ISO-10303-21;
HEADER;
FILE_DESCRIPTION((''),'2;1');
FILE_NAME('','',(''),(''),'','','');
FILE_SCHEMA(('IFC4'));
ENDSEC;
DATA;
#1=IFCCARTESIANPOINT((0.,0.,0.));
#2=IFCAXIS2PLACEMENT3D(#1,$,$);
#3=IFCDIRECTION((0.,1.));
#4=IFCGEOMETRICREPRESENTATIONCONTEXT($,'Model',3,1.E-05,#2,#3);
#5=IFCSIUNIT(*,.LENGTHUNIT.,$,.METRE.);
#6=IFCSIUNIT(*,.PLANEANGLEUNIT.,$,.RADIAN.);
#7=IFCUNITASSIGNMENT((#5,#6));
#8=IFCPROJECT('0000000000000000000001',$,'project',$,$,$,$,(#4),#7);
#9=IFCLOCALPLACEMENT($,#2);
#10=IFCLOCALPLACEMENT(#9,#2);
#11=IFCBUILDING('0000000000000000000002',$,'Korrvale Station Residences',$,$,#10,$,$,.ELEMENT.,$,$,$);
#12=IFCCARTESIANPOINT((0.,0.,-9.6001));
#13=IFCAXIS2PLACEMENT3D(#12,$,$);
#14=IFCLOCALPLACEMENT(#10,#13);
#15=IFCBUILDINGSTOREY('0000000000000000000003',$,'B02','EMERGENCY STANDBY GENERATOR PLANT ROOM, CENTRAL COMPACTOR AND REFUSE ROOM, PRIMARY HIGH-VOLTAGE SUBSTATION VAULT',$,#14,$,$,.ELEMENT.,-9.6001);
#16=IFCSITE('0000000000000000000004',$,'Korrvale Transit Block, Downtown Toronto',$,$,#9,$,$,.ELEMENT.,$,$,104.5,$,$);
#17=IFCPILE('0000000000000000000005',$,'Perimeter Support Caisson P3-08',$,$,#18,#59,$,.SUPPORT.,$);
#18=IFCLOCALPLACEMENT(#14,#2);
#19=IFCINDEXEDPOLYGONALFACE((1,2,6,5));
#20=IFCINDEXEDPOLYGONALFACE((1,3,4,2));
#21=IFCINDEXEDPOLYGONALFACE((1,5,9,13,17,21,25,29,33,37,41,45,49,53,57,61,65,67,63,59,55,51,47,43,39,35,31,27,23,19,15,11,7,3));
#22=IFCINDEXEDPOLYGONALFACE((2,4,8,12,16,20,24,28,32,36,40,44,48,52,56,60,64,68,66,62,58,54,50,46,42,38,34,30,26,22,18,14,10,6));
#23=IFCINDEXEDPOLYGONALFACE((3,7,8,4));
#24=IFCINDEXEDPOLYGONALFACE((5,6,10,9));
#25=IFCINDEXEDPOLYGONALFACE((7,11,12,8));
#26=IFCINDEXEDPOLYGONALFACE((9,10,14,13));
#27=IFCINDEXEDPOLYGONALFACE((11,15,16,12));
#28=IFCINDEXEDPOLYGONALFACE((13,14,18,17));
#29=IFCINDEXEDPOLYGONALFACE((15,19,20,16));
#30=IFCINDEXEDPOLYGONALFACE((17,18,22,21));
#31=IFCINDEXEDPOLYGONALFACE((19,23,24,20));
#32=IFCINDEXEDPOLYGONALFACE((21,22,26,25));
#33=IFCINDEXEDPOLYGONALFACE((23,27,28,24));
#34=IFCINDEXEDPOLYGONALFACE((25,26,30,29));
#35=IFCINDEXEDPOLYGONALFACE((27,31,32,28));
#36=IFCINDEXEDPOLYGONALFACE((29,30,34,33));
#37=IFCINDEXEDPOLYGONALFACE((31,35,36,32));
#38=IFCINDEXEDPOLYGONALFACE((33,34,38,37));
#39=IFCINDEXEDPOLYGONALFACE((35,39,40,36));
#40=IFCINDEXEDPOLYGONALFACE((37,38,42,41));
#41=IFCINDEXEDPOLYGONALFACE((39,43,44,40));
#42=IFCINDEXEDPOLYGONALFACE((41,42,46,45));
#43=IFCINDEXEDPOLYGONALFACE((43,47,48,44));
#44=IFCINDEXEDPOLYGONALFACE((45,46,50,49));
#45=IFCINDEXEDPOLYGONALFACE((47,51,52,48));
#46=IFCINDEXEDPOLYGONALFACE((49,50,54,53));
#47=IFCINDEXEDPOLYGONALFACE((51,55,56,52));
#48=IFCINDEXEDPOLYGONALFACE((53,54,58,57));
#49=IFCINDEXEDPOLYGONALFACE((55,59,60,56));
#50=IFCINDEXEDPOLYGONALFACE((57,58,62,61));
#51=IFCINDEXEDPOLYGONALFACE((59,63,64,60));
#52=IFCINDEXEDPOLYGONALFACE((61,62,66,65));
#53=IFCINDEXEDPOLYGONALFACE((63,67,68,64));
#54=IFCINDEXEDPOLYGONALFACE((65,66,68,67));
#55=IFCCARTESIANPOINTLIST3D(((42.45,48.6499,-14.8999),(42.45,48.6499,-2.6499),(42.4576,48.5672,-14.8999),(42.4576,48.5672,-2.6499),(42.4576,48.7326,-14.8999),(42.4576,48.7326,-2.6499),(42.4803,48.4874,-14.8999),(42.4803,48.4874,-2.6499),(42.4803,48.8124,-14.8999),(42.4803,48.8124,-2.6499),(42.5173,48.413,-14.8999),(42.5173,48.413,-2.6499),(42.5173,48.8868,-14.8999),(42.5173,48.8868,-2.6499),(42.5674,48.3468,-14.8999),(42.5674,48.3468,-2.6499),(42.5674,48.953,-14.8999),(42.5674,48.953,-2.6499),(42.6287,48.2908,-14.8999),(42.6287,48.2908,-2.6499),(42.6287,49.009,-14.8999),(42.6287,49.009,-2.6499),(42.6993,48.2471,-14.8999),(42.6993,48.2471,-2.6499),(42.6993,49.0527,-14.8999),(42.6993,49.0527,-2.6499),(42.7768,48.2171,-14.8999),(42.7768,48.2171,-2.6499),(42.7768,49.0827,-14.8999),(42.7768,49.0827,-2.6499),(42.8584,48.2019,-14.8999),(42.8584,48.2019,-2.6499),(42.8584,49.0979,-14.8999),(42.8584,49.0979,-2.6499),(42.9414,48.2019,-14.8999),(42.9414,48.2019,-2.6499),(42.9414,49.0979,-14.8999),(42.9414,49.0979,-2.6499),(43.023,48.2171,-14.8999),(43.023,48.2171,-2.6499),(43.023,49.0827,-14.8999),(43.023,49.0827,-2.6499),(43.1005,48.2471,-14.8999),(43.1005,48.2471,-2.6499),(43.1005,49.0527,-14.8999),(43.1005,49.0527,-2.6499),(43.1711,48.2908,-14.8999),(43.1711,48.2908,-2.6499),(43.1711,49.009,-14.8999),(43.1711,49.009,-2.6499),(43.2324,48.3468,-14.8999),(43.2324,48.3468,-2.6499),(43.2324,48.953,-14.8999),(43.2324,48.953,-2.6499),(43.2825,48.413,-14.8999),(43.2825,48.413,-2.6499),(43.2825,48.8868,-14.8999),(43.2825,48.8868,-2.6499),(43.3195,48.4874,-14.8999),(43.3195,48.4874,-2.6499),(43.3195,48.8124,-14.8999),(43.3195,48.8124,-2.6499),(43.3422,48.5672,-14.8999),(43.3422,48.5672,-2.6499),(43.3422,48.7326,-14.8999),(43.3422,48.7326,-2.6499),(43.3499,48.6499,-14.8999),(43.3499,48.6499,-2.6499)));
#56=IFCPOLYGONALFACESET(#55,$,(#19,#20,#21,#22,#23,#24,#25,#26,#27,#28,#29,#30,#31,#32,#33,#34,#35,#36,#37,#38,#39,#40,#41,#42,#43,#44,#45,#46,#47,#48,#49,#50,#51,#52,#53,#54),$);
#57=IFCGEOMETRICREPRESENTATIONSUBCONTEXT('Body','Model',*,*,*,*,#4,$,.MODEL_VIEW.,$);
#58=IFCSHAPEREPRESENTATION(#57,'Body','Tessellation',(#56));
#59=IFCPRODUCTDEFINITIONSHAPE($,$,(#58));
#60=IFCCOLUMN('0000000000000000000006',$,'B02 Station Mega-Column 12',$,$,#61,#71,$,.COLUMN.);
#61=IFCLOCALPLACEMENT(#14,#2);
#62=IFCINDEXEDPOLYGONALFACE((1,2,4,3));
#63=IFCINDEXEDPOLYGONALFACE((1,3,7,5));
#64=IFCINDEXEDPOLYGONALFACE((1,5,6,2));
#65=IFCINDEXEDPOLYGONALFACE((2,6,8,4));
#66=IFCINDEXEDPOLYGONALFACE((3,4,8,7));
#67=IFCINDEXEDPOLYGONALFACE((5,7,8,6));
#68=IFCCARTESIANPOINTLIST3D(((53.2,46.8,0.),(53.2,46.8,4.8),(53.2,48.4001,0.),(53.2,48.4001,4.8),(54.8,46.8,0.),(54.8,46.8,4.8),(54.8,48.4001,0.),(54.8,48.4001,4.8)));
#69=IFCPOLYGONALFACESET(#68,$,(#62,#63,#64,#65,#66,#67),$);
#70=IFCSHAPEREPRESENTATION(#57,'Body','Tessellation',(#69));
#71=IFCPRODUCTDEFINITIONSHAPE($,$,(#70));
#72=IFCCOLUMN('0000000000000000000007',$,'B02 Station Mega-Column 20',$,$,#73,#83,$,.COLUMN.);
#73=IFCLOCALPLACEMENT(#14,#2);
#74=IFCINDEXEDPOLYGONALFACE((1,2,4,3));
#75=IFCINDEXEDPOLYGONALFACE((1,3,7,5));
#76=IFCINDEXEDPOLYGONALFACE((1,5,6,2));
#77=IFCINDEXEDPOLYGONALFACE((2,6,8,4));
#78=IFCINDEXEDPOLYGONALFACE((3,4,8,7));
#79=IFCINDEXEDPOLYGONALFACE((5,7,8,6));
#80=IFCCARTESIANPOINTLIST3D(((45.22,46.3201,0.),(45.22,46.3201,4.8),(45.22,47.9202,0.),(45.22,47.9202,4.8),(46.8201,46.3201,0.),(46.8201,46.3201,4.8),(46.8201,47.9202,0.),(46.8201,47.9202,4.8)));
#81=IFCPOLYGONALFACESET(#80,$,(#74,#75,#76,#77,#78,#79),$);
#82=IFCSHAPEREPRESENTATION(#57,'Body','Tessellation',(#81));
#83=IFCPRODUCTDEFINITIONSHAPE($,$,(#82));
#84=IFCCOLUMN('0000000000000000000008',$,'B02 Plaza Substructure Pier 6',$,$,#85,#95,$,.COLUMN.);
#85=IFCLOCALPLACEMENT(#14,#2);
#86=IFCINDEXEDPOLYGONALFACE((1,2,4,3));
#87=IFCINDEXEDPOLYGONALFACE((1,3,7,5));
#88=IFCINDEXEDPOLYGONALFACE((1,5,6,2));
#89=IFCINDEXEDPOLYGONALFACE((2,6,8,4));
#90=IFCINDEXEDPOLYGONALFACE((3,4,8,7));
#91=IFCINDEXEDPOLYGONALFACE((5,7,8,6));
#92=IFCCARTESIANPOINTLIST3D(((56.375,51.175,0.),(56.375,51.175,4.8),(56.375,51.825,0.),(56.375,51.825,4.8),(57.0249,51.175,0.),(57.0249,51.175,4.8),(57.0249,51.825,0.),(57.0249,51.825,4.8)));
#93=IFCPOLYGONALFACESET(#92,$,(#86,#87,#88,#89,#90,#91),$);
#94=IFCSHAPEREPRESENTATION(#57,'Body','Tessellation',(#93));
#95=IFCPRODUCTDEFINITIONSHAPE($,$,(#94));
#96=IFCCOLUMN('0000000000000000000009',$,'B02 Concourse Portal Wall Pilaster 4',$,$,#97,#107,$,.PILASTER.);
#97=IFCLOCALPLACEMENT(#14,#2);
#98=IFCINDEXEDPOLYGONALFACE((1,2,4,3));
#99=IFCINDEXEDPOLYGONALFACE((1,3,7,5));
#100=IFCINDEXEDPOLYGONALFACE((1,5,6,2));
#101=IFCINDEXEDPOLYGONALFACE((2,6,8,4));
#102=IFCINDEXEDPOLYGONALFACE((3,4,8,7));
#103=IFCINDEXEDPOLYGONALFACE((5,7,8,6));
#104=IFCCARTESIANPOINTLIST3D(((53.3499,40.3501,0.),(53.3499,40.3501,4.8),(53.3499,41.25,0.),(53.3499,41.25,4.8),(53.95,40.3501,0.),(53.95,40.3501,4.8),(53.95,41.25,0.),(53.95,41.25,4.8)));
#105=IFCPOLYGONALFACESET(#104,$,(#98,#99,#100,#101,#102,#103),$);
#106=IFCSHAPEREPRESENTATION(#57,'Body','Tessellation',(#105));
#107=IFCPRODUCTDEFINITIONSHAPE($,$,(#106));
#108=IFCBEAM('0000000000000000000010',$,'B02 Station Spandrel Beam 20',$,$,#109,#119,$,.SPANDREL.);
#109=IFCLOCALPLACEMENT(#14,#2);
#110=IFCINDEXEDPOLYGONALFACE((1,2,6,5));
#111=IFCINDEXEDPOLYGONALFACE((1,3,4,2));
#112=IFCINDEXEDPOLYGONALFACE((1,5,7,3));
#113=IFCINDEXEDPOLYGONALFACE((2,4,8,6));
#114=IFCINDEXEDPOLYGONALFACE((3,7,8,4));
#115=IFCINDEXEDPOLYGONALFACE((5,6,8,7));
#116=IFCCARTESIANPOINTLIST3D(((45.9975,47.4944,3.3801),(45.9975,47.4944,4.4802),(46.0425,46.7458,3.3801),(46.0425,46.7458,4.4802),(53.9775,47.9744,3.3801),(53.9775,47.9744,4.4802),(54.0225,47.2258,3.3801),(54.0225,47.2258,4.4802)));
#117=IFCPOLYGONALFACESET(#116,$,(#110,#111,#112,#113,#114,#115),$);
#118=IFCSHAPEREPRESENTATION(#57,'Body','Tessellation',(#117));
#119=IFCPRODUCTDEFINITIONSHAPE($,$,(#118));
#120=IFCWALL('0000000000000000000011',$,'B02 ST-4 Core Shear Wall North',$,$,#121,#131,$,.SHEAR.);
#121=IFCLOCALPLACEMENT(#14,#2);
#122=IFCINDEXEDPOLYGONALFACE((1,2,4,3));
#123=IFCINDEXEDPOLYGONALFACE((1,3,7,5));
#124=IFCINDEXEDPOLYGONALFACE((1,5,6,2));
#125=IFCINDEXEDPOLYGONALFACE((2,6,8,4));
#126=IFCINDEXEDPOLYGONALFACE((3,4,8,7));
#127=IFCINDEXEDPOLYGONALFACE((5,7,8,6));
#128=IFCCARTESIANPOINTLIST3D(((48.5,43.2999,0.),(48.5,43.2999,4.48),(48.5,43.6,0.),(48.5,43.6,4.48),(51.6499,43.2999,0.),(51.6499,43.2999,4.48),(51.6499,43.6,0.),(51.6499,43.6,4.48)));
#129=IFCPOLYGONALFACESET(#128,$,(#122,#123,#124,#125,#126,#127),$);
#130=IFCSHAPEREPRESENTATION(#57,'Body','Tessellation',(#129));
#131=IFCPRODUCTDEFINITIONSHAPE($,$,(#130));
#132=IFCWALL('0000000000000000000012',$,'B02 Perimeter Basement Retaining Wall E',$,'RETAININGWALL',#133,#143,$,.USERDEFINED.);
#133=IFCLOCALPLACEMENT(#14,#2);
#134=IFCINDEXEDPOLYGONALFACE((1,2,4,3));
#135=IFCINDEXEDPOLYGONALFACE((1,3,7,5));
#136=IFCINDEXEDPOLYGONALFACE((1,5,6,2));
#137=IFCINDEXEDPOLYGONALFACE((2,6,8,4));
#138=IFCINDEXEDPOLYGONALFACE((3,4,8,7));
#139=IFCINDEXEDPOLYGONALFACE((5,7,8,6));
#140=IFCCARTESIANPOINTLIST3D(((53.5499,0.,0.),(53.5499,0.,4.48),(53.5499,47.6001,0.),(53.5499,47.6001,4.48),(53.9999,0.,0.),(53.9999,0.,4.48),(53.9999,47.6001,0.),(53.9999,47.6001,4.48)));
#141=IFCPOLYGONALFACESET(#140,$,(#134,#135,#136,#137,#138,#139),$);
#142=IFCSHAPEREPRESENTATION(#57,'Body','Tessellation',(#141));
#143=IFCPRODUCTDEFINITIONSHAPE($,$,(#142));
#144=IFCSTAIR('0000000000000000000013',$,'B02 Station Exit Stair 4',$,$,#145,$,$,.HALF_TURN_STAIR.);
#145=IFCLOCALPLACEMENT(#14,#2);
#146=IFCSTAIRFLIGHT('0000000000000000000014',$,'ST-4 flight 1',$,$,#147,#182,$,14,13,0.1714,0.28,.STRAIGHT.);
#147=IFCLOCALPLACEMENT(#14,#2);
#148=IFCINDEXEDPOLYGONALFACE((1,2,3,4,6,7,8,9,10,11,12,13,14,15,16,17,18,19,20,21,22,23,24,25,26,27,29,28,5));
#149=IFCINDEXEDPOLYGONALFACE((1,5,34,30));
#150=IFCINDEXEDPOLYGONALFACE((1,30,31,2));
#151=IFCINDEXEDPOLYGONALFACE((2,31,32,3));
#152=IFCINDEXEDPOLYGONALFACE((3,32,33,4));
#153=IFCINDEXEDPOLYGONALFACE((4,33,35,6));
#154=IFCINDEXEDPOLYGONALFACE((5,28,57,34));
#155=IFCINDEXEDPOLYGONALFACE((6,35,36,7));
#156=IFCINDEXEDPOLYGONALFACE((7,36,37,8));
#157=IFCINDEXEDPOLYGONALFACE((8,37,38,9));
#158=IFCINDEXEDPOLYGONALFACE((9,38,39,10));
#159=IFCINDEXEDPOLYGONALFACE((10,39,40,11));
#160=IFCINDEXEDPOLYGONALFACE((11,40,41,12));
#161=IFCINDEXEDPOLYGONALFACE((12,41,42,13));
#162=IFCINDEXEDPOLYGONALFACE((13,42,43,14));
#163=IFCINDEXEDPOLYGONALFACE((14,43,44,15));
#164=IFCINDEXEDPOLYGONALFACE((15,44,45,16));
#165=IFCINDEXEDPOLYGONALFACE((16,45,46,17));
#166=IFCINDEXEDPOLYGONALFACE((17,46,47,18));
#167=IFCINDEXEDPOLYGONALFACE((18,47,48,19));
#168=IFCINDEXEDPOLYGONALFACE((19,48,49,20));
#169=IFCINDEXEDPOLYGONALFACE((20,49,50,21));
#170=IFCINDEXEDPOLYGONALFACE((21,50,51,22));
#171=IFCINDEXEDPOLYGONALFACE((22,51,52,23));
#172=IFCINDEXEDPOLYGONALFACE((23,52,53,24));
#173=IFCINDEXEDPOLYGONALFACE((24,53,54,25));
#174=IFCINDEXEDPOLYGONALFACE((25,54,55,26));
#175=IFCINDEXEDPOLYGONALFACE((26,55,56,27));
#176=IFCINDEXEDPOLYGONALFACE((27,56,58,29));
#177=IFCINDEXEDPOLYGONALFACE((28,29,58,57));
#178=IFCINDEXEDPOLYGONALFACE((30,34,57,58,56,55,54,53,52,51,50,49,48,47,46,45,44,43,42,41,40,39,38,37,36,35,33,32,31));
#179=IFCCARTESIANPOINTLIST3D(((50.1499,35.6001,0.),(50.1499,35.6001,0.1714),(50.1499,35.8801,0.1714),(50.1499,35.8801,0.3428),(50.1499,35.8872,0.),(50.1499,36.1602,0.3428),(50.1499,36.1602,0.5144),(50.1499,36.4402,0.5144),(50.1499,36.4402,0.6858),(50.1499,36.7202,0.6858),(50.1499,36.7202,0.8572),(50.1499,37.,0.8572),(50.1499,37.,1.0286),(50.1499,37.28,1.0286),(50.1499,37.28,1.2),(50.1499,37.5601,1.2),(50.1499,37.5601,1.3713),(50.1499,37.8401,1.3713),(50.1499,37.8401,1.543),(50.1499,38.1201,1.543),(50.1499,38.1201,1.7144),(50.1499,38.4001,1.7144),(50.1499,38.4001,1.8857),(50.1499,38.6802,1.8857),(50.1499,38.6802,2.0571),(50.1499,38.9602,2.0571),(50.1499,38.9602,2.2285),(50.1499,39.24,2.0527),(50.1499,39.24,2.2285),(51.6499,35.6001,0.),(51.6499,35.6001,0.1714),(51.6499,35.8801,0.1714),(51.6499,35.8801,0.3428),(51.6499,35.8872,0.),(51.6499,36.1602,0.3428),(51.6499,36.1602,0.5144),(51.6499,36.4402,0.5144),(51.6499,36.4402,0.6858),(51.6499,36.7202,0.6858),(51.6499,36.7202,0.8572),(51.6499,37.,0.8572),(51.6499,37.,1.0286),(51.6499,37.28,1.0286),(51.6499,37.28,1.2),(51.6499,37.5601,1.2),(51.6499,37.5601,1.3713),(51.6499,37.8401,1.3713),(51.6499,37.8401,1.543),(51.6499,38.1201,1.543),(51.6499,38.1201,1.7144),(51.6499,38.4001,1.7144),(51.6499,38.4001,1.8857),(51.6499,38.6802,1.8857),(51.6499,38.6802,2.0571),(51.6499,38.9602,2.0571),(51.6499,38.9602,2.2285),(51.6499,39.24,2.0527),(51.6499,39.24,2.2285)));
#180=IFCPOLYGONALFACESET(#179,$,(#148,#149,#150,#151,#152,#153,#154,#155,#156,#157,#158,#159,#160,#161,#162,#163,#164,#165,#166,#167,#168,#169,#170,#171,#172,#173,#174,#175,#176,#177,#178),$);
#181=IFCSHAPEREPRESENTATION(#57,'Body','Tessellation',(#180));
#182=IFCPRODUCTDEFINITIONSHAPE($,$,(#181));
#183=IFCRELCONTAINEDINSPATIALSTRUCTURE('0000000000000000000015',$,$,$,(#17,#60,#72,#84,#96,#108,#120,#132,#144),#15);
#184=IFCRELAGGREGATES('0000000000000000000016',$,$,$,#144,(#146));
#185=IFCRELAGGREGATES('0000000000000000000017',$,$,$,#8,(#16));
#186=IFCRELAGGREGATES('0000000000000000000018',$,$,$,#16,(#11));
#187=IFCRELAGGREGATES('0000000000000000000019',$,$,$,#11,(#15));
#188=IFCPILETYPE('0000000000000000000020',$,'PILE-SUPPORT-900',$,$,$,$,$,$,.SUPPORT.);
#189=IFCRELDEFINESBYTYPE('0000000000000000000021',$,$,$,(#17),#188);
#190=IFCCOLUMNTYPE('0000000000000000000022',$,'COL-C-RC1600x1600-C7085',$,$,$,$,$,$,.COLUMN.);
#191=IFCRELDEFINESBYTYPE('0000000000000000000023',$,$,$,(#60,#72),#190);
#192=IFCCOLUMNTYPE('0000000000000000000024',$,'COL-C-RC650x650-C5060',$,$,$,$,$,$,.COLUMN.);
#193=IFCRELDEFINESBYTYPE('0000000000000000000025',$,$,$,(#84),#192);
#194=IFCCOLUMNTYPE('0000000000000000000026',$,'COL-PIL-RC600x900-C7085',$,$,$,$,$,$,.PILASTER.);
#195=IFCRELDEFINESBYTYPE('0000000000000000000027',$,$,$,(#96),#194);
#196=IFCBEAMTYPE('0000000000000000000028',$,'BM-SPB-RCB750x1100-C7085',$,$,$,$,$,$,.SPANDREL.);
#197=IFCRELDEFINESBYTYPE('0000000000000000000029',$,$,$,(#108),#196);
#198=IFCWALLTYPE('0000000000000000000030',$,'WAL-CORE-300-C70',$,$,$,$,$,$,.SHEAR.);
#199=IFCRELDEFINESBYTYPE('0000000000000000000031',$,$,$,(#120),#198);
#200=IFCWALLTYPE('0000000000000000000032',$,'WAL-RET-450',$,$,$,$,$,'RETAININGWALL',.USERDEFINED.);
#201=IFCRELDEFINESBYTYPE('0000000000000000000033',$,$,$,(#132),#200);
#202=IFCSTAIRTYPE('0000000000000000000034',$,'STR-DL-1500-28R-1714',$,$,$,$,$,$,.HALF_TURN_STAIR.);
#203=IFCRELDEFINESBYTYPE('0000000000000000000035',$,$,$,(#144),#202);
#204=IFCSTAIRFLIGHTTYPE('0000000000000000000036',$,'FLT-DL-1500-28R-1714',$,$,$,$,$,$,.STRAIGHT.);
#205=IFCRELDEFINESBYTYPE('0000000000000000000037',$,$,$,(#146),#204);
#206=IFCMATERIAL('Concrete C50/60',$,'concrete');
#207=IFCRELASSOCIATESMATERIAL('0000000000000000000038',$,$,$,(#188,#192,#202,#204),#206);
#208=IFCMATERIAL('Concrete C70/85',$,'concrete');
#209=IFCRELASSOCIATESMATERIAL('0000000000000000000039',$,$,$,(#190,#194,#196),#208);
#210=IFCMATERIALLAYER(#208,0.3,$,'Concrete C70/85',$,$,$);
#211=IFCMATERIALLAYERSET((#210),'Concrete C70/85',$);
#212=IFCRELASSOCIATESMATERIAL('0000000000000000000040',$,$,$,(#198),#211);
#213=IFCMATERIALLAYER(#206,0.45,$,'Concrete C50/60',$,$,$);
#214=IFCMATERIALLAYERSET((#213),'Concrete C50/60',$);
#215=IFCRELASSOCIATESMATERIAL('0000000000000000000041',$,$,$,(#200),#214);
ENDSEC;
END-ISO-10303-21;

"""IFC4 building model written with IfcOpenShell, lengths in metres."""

from ifc_helpers import new_model, si_unit, direction, frame, frame_2d, origin, origin_2d, place, context, subcontext, project, spatial, polyline, rectangle, circle, outline, extrude, material, layer, layer_set, material_profile, profile_set, type_object, element, aggregate, save


model = new_model("IFC4")

# Units and contexts
model_context = context("Model", 3, precision=1e-05, world=origin(), true_north=direction((0.0, 1.0)))
body_context = subcontext(model_context, "Body", "Model", "MODEL_VIEW")
ifc_project = project(units=[si_unit("LENGTHUNIT", "METRE"), si_unit("PLANEANGLEUNIT", "RADIAN")], contexts=[model_context])

# Site, building, storey
site_placement = place(None, origin())
site = spatial("IfcSite", under=ifc_project, at=site_placement, Name="Korrvale Transit Block, Downtown Toronto", CompositionType="ELEMENT", RefElevation=104.5)
building_placement = place(site_placement, origin())
building = spatial("IfcBuilding", under=site, at=building_placement, Name="Korrvale Station Residences", CompositionType="ELEMENT")
storey_placement = place(building_placement, frame((0.0, 0.0, -9.6001)))
storey = spatial("IfcBuildingStorey", under=building, at=storey_placement, Name="B02", Description="EMERGENCY STANDBY GENERATOR PLANT ROOM, CENTRAL COMPACTOR AND REFUSE ROOM, PRIMARY HIGH-VOLTAGE SUBSTATION VAULT", CompositionType="ELEMENT", Elevation=-9.6001)

# Pile
ifc_material_1 = material(Name="Concrete C50/60", Category="concrete")
ifc_material_profile_1 = material_profile(ifc_material_1, circle(Radius=0.45, at=origin_2d()), Name="PILE900")
ifc_profile_set_1 = profile_set([ifc_material_profile_1], Name="Concrete C50/60")
pile_type_1 = type_object("IfcPileType", Name="PILE-SUPPORT-900", PredefinedType="SUPPORT", material=ifc_profile_set_1)
pile_placement = place(storey_placement, frame((42.8999, 48.6499, -2.6499), z_axis=(0.0, 0.0, -1.0), x_axis=(1.0, 0.0, 0.0)))
element("IfcPile", 1, at=pile_placement, inside=storey, type_object=pile_type_1, Name="Perimeter Support Caisson P3-08", PredefinedType="SUPPORT", context=body_context, shape_type="SweptSolid", body=[
    extrude(circle(Radius=0.45, at=origin_2d()), origin(), (0.0, 0.0, 1.0), 12.25),
])

# Columns
ifc_material_2 = material(Name="Concrete C70/85", Category="concrete")
ifc_material_profile_2 = material_profile(ifc_material_2, rectangle(XDim=1.6001, YDim=1.6001, at=origin_2d()), Name="RC1600x1600")
ifc_profile_set_2 = profile_set([ifc_material_profile_2], Name="Concrete C70/85")
column_type_1 = type_object("IfcColumnType", Name="COL-C-RC1600x1600-C7085", PredefinedType="COLUMN", material=ifc_profile_set_2)
for number, where, z_axis, x_axis, name in (
    (2, (54.0, 47.6001, 0.0), (0.0, 0.0, 1.0), (1.0, 0.0, 0.0), "B02 Station Mega-Column 12"),
    (3, (46.02, 47.1201, 0.0), (0.0, 0.0, 1.0), (1.0, 0.0, 0.0), "B02 Station Mega-Column 20"),
):
    element("IfcColumn", number, at=place(storey_placement, frame(where, z_axis=z_axis, x_axis=x_axis)), inside=storey, type_object=column_type_1, Name=name, PredefinedType="COLUMN", context=body_context, shape_type="SweptSolid", body=[
        extrude(rectangle(XDim=1.6001, YDim=1.6001, at=origin_2d()), origin(), (0.0, 0.0, 1.0), 4.8),
    ])
ifc_material_profile_3 = material_profile(ifc_material_1, rectangle(XDim=0.6499, YDim=0.6499, at=origin_2d()), Name="RC650x650")
ifc_profile_set_3 = profile_set([ifc_material_profile_3], Name="Concrete C50/60")
column_type_2 = type_object("IfcColumnType", Name="COL-C-RC650x650-C5060", PredefinedType="COLUMN", material=ifc_profile_set_3)
column_1_placement = place(storey_placement, frame((56.7, 51.5, 0.0), z_axis=(0.0, 0.0, 1.0), x_axis=(1.0, 0.0, 0.0)))
element("IfcColumn", 4, at=column_1_placement, inside=storey, type_object=column_type_2, Name="B02 Plaza Substructure Pier 6", PredefinedType="COLUMN", context=body_context, shape_type="SweptSolid", body=[
    extrude(rectangle(XDim=0.6499, YDim=0.6499, at=origin_2d()), origin(), (0.0, 0.0, 1.0), 4.8),
])
ifc_material_profile_4 = material_profile(ifc_material_2, rectangle(XDim=0.6001, YDim=0.8999, at=origin_2d()), Name="RC600x900")
ifc_profile_set_4 = profile_set([ifc_material_profile_4], Name="Concrete C70/85")
column_type_3 = type_object("IfcColumnType", Name="COL-PIL-RC600x900-C7085", PredefinedType="PILASTER", material=ifc_profile_set_4)
column_2_placement = place(storey_placement, frame((53.6499, 40.8, 0.0), z_axis=(0.0, 0.0, 1.0), x_axis=(1.0, 0.0, 0.0)))
element("IfcColumn", 5, at=column_2_placement, inside=storey, type_object=column_type_3, Name="B02 Concourse Portal Wall Pilaster 4", PredefinedType="PILASTER", context=body_context, shape_type="SweptSolid", body=[
    extrude(rectangle(XDim=0.6001, YDim=0.8999, at=origin_2d()), origin(), (0.0, 0.0, 1.0), 4.8),
])

# Beam
ifc_material_profile_5 = material_profile(ifc_material_2, rectangle(XDim=0.75, YDim=1.1001, at=origin_2d()), Name="RCB750x1100")
ifc_profile_set_5 = profile_set([ifc_material_profile_5], Name="Concrete C70/85")
beam_type = type_object("IfcBeamType", Name="BM-SPB-RCB750x1100-C7085", PredefinedType="SPANDREL", material=ifc_profile_set_5)
beam_placement = place(storey_placement, frame((46.02, 47.1201, 3.9302), z_axis=(0.998196, 0.06004, 0.0), x_axis=(-0.06004, 0.998196, 0.0)))
element("IfcBeam", 6, at=beam_placement, inside=storey, type_object=beam_type, Name="B02 Station Spandrel Beam 20", PredefinedType="SPANDREL", context=body_context, shape_type="SweptSolid", body=[
    extrude(rectangle(XDim=0.75, YDim=1.1001, at=origin_2d()), origin(), (0.0, 0.0, 1.0), 7.9944),
])

# Walls
ifc_layer_1 = layer(ifc_material_2, 0.3, Name="Concrete C70/85")
ifc_layer_set_1 = layer_set([ifc_layer_1], Name="Concrete C70/85")
wall_type_1 = type_object("IfcWallType", Name="WAL-CORE-300-C70", PredefinedType="SHEAR", material=ifc_layer_set_1)
wall_1_placement = place(storey_placement, frame((48.5, 43.45, 0.0), z_axis=(0.0, 0.0, 1.0), x_axis=(1.0, 0.0, 0.0)))
element("IfcWall", 7, at=wall_1_placement, inside=storey, type_object=wall_type_1, Name="B02 ST-4 Core Shear Wall North", PredefinedType="SHEAR", context=body_context, shape_type="SweptSolid", body=[
    extrude(rectangle(XDim=3.1499, YDim=0.3, at=frame_2d((1.575, 0.0))), origin(), (0.0, 0.0, 1.0), 4.48),
])
ifc_layer_2 = layer(ifc_material_1, 0.45, Name="Concrete C50/60")
ifc_layer_set_2 = layer_set([ifc_layer_2], Name="Concrete C50/60")
wall_type_2 = type_object("IfcWallType", Name="WAL-RET-450", ElementType="RETAININGWALL", PredefinedType="USERDEFINED", material=ifc_layer_set_2)
wall_2_placement = place(storey_placement, frame((53.7749, 47.6001, 0.0), z_axis=(0.0, 0.0, 1.0), x_axis=(0.0, -1.0, 0.0)))
element("IfcWall", 8, at=wall_2_placement, inside=storey, type_object=wall_type_2, Name="B02 Perimeter Basement Retaining Wall E", ObjectType="RETAININGWALL", PredefinedType="USERDEFINED", context=body_context, shape_type="SweptSolid", body=[
    extrude(rectangle(XDim=47.6001, YDim=0.45, at=frame_2d((23.8, 0.0))), origin(), (0.0, 0.0, 1.0), 4.48),
])

# Stair, stair flight
stair_type = type_object("IfcStairType", Name="STR-DL-1500-28R-1714", PredefinedType="HALF_TURN_STAIR", material=ifc_material_1)
stair_placement = place(storey_placement, origin())
stair = element("IfcStair", 9, at=stair_placement, inside=storey, type_object=stair_type, Name="B02 Station Exit Stair 4", PredefinedType="HALF_TURN_STAIR")
stair_flight_type = type_object("IfcStairFlightType", Name="FLT-DL-1500-28R-1714", PredefinedType="STRAIGHT", material=ifc_material_1)
stair_flight_1_placement = place(storey_placement, frame((50.8999, 35.6001, 0.0), z_axis=(0.0, 0.0, 1.0), x_axis=(0.0, 1.0, 0.0)))
stair_flight_1 = element("IfcStairFlight", 10, at=stair_flight_1_placement, type_object=stair_flight_type, Name="ST-4 flight 1", NumberOfRisers=14, NumberOfTreads=13, PredefinedType="STRAIGHT", RiserHeight=0.1714, TreadLength=0.28, context=body_context, shape_type="SweptSolid", body=[
    extrude(outline(polyline([(0.0, 0.0), (0.0, 0.1714), (0.28, 0.1714), (0.28, 0.3428), (0.5601, 0.3428), (0.5601, 0.5144), (0.8401, 0.5144), (0.8401, 0.6858), (1.1201, 0.6858), (1.1201, 0.8572), (1.3999, 0.8572), (1.3999, 1.0286), (1.6799, 1.0286), (1.6799, 1.2), (1.96, 1.2), (1.96, 1.3713), (2.24, 1.3713), (2.24, 1.543), (2.52, 1.543), (2.52, 1.7144), (2.8, 1.7144), (2.8, 1.8857), (3.0801, 1.8857), (3.0801, 2.0571), (3.3601, 2.0571), (3.3601, 2.2285), (3.6399, 2.2285), (3.6399, 2.3999), (3.6399, 2.0527), (0.2871, 0.0), (0.0, 0.0)])), frame((0.0, 0.75, 0.0), z_axis=(0.0, -1.0, 0.0), x_axis=(1.0, 0.0, 0.0)), (0.0, 0.0, 1.0), 1.5),
])
aggregate(stair, [stair_flight_1])

save(model, "model.ifc")
